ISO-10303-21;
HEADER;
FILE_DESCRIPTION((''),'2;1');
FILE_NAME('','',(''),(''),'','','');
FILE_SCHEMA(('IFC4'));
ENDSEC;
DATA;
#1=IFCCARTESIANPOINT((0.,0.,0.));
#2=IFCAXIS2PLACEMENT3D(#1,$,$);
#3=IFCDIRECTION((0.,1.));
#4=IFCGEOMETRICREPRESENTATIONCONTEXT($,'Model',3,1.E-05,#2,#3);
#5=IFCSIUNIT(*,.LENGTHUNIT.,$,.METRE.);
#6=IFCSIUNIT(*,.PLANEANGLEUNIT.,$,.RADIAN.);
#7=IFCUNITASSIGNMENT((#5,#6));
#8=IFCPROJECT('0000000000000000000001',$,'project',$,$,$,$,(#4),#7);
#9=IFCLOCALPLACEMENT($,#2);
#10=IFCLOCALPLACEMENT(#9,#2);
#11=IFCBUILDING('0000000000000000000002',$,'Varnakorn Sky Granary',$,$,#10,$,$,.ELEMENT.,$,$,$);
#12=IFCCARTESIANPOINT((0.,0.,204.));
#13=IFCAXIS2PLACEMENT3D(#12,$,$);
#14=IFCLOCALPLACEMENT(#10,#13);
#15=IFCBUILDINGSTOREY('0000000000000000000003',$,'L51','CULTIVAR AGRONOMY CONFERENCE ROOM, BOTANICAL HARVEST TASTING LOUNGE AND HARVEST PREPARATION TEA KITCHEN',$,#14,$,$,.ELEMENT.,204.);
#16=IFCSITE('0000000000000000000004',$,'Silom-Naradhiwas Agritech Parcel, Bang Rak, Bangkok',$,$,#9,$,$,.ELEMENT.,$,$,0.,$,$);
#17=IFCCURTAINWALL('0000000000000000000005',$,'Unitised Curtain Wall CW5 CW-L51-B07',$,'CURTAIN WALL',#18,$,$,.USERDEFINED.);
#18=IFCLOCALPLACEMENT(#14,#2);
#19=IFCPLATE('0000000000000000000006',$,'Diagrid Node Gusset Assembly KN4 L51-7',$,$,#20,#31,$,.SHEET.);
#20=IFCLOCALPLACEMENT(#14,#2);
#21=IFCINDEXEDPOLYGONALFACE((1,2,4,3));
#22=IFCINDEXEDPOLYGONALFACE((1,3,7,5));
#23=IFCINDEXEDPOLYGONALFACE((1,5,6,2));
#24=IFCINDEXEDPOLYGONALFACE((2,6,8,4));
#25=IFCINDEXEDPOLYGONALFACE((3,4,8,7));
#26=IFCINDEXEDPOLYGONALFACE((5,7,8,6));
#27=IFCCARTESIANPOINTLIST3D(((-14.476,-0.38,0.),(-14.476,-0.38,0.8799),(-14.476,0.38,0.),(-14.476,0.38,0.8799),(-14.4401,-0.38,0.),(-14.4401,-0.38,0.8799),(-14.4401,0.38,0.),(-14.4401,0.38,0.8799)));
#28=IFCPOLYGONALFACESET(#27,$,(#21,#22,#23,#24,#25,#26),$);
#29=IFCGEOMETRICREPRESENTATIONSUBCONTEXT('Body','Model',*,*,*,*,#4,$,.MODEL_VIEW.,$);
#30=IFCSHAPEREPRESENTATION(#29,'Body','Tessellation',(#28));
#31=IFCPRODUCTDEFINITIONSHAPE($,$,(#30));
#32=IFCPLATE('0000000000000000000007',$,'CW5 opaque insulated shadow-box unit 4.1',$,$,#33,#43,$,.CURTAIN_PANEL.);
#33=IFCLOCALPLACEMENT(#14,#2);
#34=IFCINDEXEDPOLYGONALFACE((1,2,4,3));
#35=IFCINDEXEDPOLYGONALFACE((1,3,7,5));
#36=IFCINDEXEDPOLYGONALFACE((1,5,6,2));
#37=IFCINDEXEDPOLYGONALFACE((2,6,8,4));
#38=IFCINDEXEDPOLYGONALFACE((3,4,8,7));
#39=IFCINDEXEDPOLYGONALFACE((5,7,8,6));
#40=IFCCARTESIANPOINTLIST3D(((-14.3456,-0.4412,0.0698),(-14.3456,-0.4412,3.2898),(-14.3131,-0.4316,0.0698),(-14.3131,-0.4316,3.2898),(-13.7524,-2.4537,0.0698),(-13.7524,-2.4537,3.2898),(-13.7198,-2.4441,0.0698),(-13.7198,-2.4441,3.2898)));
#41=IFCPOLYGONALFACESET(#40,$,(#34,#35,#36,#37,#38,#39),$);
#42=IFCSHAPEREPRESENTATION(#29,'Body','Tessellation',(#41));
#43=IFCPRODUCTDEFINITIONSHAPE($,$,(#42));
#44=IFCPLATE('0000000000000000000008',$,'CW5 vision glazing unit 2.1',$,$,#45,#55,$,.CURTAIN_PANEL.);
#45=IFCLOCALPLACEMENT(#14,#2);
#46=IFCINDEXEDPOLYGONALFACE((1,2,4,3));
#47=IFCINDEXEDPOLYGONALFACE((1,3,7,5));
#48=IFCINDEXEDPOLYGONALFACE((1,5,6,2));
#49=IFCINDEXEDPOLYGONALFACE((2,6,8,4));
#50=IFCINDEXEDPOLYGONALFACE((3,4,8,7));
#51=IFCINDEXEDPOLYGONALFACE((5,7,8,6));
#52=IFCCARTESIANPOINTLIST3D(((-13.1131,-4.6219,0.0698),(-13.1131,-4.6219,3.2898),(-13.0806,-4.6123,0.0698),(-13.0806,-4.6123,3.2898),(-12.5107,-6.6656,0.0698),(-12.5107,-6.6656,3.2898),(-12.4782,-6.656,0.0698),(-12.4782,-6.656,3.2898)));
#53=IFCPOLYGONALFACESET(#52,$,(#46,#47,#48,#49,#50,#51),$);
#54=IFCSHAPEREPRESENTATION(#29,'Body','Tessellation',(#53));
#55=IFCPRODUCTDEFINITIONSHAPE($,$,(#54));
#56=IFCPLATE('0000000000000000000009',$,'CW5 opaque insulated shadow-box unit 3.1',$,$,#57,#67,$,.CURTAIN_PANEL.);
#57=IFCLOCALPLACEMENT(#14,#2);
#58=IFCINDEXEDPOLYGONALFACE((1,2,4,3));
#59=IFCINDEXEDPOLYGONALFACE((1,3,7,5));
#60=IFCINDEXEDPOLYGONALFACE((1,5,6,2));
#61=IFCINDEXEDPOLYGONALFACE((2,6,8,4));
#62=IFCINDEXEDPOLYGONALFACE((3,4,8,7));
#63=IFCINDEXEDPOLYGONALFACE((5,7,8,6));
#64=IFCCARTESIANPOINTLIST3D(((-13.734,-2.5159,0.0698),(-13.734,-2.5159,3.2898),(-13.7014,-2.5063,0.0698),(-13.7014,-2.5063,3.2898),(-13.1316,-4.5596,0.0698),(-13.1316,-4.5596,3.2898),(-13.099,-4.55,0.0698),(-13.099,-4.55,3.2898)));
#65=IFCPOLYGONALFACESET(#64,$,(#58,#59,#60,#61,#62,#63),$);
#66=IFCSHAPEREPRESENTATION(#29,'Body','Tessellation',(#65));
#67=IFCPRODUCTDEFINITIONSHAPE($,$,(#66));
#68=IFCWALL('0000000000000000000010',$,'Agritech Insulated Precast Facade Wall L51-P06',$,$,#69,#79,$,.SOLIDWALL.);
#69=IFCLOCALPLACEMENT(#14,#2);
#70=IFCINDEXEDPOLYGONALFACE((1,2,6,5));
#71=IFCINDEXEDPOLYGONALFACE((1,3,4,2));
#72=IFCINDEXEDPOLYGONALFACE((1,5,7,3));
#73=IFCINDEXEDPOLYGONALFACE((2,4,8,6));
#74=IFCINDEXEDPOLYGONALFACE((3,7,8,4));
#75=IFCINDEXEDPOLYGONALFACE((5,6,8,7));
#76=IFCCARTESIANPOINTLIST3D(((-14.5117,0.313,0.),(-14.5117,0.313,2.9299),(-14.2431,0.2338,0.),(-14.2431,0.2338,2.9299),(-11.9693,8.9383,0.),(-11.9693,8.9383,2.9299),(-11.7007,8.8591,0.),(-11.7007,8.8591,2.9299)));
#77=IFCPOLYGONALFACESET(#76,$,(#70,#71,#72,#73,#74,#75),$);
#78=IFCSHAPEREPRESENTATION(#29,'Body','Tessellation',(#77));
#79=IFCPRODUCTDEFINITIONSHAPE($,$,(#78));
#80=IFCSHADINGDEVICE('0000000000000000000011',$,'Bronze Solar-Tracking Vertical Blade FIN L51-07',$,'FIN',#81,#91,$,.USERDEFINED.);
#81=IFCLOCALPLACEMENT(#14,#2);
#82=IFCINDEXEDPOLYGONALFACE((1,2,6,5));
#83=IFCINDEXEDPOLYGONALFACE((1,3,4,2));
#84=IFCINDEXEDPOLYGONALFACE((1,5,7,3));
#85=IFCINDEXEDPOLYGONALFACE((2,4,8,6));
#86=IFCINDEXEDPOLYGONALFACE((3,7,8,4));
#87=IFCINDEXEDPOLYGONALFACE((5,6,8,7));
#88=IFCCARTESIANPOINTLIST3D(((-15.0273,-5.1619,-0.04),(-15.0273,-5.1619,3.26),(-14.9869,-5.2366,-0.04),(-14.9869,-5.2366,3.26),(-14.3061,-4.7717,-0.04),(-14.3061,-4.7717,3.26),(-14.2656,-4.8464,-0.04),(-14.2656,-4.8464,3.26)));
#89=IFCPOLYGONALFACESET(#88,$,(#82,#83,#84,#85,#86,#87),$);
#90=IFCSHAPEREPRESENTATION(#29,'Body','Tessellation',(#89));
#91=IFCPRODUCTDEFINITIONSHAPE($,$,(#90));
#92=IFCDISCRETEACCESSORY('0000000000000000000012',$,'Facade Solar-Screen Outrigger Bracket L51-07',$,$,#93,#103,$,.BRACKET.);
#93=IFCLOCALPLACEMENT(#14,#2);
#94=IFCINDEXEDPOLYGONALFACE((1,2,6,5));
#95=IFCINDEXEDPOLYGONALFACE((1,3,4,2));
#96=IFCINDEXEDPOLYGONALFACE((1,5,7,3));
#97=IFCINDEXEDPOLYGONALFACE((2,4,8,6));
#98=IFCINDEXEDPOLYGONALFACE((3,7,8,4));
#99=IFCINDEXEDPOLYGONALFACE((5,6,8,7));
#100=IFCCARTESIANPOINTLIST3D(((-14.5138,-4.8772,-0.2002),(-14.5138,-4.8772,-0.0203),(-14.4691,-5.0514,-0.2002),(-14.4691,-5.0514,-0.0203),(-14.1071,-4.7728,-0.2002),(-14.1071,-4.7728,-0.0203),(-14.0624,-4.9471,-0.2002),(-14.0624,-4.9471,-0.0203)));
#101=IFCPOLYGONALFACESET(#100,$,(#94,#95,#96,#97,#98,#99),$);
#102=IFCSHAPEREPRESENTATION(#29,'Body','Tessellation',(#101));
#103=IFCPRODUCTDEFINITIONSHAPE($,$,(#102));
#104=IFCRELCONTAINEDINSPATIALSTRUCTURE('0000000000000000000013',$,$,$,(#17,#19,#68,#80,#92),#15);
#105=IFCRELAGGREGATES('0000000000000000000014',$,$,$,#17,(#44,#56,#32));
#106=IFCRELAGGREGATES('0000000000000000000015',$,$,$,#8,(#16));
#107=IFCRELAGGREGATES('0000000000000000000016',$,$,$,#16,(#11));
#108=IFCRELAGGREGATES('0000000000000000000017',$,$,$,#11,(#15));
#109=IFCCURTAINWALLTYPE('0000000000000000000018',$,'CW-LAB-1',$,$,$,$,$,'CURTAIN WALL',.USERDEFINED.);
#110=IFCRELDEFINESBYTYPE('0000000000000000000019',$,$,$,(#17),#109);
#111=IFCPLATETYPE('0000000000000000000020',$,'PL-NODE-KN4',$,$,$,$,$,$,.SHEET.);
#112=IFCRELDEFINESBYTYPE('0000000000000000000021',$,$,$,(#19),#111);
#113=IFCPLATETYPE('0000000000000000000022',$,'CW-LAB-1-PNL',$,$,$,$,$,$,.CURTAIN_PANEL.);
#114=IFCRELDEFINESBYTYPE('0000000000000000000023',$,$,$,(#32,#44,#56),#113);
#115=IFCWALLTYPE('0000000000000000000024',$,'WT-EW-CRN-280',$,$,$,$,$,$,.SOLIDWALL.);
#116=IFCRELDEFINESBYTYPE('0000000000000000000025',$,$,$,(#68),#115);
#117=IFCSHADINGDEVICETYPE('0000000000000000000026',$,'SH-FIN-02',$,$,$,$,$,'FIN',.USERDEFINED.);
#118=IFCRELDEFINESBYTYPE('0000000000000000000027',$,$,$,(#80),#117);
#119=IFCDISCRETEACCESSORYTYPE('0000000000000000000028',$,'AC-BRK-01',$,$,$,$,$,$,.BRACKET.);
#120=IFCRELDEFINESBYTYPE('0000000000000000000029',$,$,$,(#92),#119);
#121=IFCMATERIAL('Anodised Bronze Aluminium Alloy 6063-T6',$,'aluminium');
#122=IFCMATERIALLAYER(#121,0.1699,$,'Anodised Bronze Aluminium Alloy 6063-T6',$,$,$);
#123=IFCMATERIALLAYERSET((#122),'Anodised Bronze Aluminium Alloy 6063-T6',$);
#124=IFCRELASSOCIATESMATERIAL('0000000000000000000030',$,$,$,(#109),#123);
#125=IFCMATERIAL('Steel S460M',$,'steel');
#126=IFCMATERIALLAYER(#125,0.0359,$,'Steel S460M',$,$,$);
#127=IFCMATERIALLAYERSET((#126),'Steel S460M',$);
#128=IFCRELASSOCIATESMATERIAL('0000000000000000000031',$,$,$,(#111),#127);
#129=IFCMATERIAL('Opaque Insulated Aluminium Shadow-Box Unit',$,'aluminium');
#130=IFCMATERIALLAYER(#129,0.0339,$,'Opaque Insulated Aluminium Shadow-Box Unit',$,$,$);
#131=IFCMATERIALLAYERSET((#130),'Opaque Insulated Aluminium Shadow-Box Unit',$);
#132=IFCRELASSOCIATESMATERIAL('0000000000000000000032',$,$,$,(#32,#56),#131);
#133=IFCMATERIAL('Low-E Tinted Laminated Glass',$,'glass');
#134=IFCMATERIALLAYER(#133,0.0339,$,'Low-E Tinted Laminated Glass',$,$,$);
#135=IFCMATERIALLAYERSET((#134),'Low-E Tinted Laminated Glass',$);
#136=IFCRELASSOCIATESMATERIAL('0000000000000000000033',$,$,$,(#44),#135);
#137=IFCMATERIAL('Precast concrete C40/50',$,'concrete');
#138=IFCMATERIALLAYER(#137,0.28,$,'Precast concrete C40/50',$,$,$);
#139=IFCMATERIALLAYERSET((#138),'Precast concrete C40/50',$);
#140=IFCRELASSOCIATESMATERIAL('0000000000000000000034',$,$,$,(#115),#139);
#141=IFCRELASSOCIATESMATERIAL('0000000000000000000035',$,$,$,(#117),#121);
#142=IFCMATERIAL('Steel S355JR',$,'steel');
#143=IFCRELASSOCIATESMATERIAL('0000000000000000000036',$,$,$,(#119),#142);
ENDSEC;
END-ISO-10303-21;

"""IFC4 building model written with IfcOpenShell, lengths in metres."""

from ifc_helpers import new_model, si_unit, direction, frame, frame_2d, origin, origin_2d, place, context, subcontext, project, spatial, rectangle, extrude, source, transform, mapped, material, layer, layer_set, type_object, type_shapes, element, aggregate, save


model = new_model("IFC4")

# Units and contexts
model_context = context("Model", 3, precision=1e-05, world=origin(), true_north=direction((0.0, 1.0)))
body_context = subcontext(model_context, "Body", "Model", "MODEL_VIEW")
ifc_project = project(units=[si_unit("LENGTHUNIT", "METRE"), si_unit("PLANEANGLEUNIT", "RADIAN")], contexts=[model_context])

# Site, building, storey
site_placement = place(None, origin())
site = spatial("IfcSite", under=ifc_project, at=site_placement, Name="Silom-Naradhiwas Agritech Parcel, Bang Rak, Bangkok", CompositionType="ELEMENT", RefElevation=0.0)
building_placement = place(site_placement, origin())
building = spatial("IfcBuilding", under=site, at=building_placement, Name="Varnakorn Sky Granary", CompositionType="ELEMENT")
storey_placement = place(building_placement, frame((0.0, 0.0, 204.0)))
storey = spatial("IfcBuildingStorey", under=building, at=storey_placement, Name="L51", Description="CULTIVAR AGRONOMY CONFERENCE ROOM, BOTANICAL HARVEST TASTING LOUNGE AND HARVEST PREPARATION TEA KITCHEN", CompositionType="ELEMENT", Elevation=204.0)

# Shared definitions
ifc_material_1 = material(Name="Steel S460M", Category="steel")

# Shared definitions
ifc_material_2 = material(Name="Steel S355JR", Category="steel")

# Curtain wall
ifc_material_3 = material(Name="Anodised Bronze Aluminium Alloy 6063-T6", Category="aluminium")
ifc_layer_1 = layer(ifc_material_3, 0.1699, Name="Anodised Bronze Aluminium Alloy 6063-T6")
ifc_layer_set_1 = layer_set([ifc_layer_1], Name="Anodised Bronze Aluminium Alloy 6063-T6")
curtain_wall_type = type_object("IfcCurtainWallType", Name="CW-LAB-1", ElementType="CURTAIN WALL", PredefinedType="USERDEFINED", material=ifc_layer_set_1)
curtain_wall_placement = place(storey_placement, origin())
curtain_wall = element("IfcCurtainWall", 1, at=curtain_wall_placement, inside=storey, type_object=curtain_wall_type, Name="Unitised Curtain Wall CW5 CW-L51-B07", ObjectType="CURTAIN WALL", PredefinedType="USERDEFINED")

# Plates
ifc_layer_2 = layer(ifc_material_1, 0.0359, Name="Steel S460M")
ifc_layer_set_2 = layer_set([ifc_layer_2], Name="Steel S460M")
plate_type_1 = type_object("IfcPlateType", Name="PL-NODE-KN4", PredefinedType="SHEET", material=ifc_layer_set_2)
plate_1_placement = place(storey_placement, frame((-14.458, 0.0, 0.0), z_axis=(0.0, 0.0, 1.0), x_axis=(0.0, -1.0, 0.0)))
element("IfcPlate", 2, at=plate_1_placement, inside=storey, type_object=plate_type_1, Name="Diagrid Node Gusset Assembly KN4 L51-7", PredefinedType="SHEET", context=body_context, shape_type="SweptSolid", body=[
    extrude(rectangle(XDim=0.76, YDim=0.0359, at=origin_2d()), origin(), (0.0, 0.0, 1.0), 0.8799),
])
ifc_material_4 = material(Name="Opaque Insulated Aluminium Shadow-Box Unit", Category="aluminium")
ifc_layer_3 = layer(ifc_material_4, 0.0339, Name="Opaque Insulated Aluminium Shadow-Box Unit")
ifc_layer_set_3 = layer_set([ifc_layer_3], Name="Opaque Insulated Aluminium Shadow-Box Unit")
plate_type_2 = type_object("IfcPlateType", Name="CW-LAB-1-PNL", PredefinedType="CURTAIN_PANEL")
shared_shape_1 = source(origin(), body_context, "Body", "SweptSolid", [
    extrude(rectangle(XDim=2.0981, YDim=0.0339, at=origin_2d()), origin(), (0.0, 0.0, 1.0), 3.22),
])
plate_2_placement = place(storey_placement, frame((-14.0327, -1.4426, 0.0698), z_axis=(0.0, 0.0, 1.0), x_axis=(-0.282744, 0.959195, 0.0)))
plate_2 = element("IfcPlate", 3, at=plate_2_placement, type_object=plate_type_2, material=ifc_layer_set_3, Name="CW5 opaque insulated shadow-box unit 4.1", PredefinedType="CURTAIN_PANEL", context=body_context, shape_type="MappedRepresentation", body=[
    mapped(shared_shape_1, transform((0.0, 0.0, 0.0), x_axis=(1.0, 0.0, 0.0), y_axis=(0.0, 1.0, 0.0), z_axis=(0.0, 0.0, 1.0), scale=1.0)),
])
ifc_material_5 = material(Name="Low-E Tinted Laminated Glass", Category="glass")
ifc_layer_4 = layer(ifc_material_5, 0.0339, Name="Low-E Tinted Laminated Glass")
ifc_layer_set_4 = layer_set([ifc_layer_4], Name="Low-E Tinted Laminated Glass")
shared_shape_2 = source(origin(), body_context, "Body", "SweptSolid", [
    extrude(rectangle(XDim=2.1306, YDim=0.0339, at=origin_2d()), origin(), (0.0, 0.0, 1.0), 3.22),
])
type_shapes(plate_type_2, [shared_shape_1, shared_shape_2])
plate_3_placement = place(storey_placement, frame((-12.7957, -5.6389, 0.0698), z_axis=(0.0, 0.0, 1.0), x_axis=(-0.282744, 0.959195, 0.0)))
plate_3 = element("IfcPlate", 4, at=plate_3_placement, type_object=plate_type_2, material=ifc_layer_set_4, Name="CW5 vision glazing unit 2.1", PredefinedType="CURTAIN_PANEL", context=body_context, shape_type="MappedRepresentation", body=[
    mapped(shared_shape_2, transform((0.0, 0.0, 0.0), x_axis=(1.0, 0.0, 0.0), y_axis=(0.0, 1.0, 0.0), z_axis=(0.0, 0.0, 1.0), scale=1.0)),
])
plate_4_placement = place(storey_placement, frame((-13.4165, -3.533, 0.0698), z_axis=(0.0, 0.0, 1.0), x_axis=(-0.282744, 0.959195, 0.0)))
plate_4 = element("IfcPlate", 5, at=plate_4_placement, type_object=plate_type_2, material=ifc_layer_set_3, Name="CW5 opaque insulated shadow-box unit 3.1", PredefinedType="CURTAIN_PANEL", context=body_context, shape_type="MappedRepresentation", body=[
    mapped(shared_shape_2, transform((0.0, 0.0, 0.0), x_axis=(1.0, 0.0, 0.0), y_axis=(0.0, 1.0, 0.0), z_axis=(0.0, 0.0, 1.0), scale=1.0)),
])
aggregate(curtain_wall, [plate_3, plate_4, plate_2])

# Wall
ifc_material_6 = material(Name="Precast concrete C40/50", Category="concrete")
ifc_layer_5 = layer(ifc_material_6, 0.28, Name="Precast concrete C40/50")
ifc_layer_set_5 = layer_set([ifc_layer_5], Name="Precast concrete C40/50")
wall_type = type_object("IfcWallType", Name="WT-EW-CRN-280", PredefinedType="SOLIDWALL", material=ifc_layer_set_5)
wall_placement = place(storey_placement, frame((-14.3774, 0.2734, 0.0), z_axis=(0.0, 0.0, 1.0), x_axis=(0.282744, 0.959195, 0.0)))
element("IfcWall", 6, at=wall_placement, inside=storey, type_object=wall_type, Name="Agritech Insulated Precast Facade Wall L51-P06", PredefinedType="SOLIDWALL", context=body_context, shape_type="SweptSolid", body=[
    extrude(rectangle(XDim=8.9922, YDim=0.28, at=frame_2d((4.4961, 0.0))), origin(), (0.0, 0.0, 1.0), 2.9299),
])

# Shading device
shading_device_type = type_object("IfcShadingDeviceType", Name="SH-FIN-02", ElementType="FIN", PredefinedType="USERDEFINED", material=ifc_material_3)
shared_shape_3 = source(origin(), body_context, "Body", "SweptSolid", [
    extrude(rectangle(XDim=0.085, YDim=0.8201, at=origin_2d()), origin(), (0.0, 0.0, 1.0), 3.3),
])
type_shapes(shading_device_type, [shared_shape_3])
shading_device_placement = place(storey_placement, frame((-14.6465, -5.0042, -0.04), z_axis=(0.0, 0.0, 1.0), x_axis=(0.475894, -0.879503, 0.0)))
element("IfcShadingDevice", 7, at=shading_device_placement, inside=storey, type_object=shading_device_type, Name="Bronze Solar-Tracking Vertical Blade FIN L51-07", ObjectType="FIN", PredefinedType="USERDEFINED", context=body_context, shape_type="MappedRepresentation", body=[
    mapped(shared_shape_3, transform((0.0, 0.0, 0.0), x_axis=(1.0, 0.0, 0.0), y_axis=(0.0, 1.0, 0.0), z_axis=(0.0, 0.0, 1.0), scale=1.0)),
])

# Discrete accessory
discrete_accessory_type = type_object("IfcDiscreteAccessoryType", Name="AC-BRK-01", PredefinedType="BRACKET", material=ifc_material_2)
shared_shape_4 = source(origin(), body_context, "Body", "SweptSolid", [
    extrude(rectangle(XDim=0.1799, YDim=0.4199, at=origin_2d()), origin(), (0.0, 0.0, 1.0), 0.1799),
])
type_shapes(discrete_accessory_type, [shared_shape_4])
discrete_accessory_placement = place(storey_placement, frame((-14.2881, -4.9121, -0.2002), z_axis=(0.0, 0.0, 1.0), x_axis=(0.248613, -0.968603, 0.0)))
element("IfcDiscreteAccessory", 8, at=discrete_accessory_placement, inside=storey, type_object=discrete_accessory_type, Name="Facade Solar-Screen Outrigger Bracket L51-07", PredefinedType="BRACKET", context=body_context, shape_type="MappedRepresentation", body=[
    mapped(shared_shape_4, transform((0.0, 0.0, 0.0), x_axis=(1.0, 0.0, 0.0), y_axis=(0.0, 1.0, 0.0), z_axis=(0.0, 0.0, 1.0), scale=1.0)),
])

save(model, "model.ifc")
